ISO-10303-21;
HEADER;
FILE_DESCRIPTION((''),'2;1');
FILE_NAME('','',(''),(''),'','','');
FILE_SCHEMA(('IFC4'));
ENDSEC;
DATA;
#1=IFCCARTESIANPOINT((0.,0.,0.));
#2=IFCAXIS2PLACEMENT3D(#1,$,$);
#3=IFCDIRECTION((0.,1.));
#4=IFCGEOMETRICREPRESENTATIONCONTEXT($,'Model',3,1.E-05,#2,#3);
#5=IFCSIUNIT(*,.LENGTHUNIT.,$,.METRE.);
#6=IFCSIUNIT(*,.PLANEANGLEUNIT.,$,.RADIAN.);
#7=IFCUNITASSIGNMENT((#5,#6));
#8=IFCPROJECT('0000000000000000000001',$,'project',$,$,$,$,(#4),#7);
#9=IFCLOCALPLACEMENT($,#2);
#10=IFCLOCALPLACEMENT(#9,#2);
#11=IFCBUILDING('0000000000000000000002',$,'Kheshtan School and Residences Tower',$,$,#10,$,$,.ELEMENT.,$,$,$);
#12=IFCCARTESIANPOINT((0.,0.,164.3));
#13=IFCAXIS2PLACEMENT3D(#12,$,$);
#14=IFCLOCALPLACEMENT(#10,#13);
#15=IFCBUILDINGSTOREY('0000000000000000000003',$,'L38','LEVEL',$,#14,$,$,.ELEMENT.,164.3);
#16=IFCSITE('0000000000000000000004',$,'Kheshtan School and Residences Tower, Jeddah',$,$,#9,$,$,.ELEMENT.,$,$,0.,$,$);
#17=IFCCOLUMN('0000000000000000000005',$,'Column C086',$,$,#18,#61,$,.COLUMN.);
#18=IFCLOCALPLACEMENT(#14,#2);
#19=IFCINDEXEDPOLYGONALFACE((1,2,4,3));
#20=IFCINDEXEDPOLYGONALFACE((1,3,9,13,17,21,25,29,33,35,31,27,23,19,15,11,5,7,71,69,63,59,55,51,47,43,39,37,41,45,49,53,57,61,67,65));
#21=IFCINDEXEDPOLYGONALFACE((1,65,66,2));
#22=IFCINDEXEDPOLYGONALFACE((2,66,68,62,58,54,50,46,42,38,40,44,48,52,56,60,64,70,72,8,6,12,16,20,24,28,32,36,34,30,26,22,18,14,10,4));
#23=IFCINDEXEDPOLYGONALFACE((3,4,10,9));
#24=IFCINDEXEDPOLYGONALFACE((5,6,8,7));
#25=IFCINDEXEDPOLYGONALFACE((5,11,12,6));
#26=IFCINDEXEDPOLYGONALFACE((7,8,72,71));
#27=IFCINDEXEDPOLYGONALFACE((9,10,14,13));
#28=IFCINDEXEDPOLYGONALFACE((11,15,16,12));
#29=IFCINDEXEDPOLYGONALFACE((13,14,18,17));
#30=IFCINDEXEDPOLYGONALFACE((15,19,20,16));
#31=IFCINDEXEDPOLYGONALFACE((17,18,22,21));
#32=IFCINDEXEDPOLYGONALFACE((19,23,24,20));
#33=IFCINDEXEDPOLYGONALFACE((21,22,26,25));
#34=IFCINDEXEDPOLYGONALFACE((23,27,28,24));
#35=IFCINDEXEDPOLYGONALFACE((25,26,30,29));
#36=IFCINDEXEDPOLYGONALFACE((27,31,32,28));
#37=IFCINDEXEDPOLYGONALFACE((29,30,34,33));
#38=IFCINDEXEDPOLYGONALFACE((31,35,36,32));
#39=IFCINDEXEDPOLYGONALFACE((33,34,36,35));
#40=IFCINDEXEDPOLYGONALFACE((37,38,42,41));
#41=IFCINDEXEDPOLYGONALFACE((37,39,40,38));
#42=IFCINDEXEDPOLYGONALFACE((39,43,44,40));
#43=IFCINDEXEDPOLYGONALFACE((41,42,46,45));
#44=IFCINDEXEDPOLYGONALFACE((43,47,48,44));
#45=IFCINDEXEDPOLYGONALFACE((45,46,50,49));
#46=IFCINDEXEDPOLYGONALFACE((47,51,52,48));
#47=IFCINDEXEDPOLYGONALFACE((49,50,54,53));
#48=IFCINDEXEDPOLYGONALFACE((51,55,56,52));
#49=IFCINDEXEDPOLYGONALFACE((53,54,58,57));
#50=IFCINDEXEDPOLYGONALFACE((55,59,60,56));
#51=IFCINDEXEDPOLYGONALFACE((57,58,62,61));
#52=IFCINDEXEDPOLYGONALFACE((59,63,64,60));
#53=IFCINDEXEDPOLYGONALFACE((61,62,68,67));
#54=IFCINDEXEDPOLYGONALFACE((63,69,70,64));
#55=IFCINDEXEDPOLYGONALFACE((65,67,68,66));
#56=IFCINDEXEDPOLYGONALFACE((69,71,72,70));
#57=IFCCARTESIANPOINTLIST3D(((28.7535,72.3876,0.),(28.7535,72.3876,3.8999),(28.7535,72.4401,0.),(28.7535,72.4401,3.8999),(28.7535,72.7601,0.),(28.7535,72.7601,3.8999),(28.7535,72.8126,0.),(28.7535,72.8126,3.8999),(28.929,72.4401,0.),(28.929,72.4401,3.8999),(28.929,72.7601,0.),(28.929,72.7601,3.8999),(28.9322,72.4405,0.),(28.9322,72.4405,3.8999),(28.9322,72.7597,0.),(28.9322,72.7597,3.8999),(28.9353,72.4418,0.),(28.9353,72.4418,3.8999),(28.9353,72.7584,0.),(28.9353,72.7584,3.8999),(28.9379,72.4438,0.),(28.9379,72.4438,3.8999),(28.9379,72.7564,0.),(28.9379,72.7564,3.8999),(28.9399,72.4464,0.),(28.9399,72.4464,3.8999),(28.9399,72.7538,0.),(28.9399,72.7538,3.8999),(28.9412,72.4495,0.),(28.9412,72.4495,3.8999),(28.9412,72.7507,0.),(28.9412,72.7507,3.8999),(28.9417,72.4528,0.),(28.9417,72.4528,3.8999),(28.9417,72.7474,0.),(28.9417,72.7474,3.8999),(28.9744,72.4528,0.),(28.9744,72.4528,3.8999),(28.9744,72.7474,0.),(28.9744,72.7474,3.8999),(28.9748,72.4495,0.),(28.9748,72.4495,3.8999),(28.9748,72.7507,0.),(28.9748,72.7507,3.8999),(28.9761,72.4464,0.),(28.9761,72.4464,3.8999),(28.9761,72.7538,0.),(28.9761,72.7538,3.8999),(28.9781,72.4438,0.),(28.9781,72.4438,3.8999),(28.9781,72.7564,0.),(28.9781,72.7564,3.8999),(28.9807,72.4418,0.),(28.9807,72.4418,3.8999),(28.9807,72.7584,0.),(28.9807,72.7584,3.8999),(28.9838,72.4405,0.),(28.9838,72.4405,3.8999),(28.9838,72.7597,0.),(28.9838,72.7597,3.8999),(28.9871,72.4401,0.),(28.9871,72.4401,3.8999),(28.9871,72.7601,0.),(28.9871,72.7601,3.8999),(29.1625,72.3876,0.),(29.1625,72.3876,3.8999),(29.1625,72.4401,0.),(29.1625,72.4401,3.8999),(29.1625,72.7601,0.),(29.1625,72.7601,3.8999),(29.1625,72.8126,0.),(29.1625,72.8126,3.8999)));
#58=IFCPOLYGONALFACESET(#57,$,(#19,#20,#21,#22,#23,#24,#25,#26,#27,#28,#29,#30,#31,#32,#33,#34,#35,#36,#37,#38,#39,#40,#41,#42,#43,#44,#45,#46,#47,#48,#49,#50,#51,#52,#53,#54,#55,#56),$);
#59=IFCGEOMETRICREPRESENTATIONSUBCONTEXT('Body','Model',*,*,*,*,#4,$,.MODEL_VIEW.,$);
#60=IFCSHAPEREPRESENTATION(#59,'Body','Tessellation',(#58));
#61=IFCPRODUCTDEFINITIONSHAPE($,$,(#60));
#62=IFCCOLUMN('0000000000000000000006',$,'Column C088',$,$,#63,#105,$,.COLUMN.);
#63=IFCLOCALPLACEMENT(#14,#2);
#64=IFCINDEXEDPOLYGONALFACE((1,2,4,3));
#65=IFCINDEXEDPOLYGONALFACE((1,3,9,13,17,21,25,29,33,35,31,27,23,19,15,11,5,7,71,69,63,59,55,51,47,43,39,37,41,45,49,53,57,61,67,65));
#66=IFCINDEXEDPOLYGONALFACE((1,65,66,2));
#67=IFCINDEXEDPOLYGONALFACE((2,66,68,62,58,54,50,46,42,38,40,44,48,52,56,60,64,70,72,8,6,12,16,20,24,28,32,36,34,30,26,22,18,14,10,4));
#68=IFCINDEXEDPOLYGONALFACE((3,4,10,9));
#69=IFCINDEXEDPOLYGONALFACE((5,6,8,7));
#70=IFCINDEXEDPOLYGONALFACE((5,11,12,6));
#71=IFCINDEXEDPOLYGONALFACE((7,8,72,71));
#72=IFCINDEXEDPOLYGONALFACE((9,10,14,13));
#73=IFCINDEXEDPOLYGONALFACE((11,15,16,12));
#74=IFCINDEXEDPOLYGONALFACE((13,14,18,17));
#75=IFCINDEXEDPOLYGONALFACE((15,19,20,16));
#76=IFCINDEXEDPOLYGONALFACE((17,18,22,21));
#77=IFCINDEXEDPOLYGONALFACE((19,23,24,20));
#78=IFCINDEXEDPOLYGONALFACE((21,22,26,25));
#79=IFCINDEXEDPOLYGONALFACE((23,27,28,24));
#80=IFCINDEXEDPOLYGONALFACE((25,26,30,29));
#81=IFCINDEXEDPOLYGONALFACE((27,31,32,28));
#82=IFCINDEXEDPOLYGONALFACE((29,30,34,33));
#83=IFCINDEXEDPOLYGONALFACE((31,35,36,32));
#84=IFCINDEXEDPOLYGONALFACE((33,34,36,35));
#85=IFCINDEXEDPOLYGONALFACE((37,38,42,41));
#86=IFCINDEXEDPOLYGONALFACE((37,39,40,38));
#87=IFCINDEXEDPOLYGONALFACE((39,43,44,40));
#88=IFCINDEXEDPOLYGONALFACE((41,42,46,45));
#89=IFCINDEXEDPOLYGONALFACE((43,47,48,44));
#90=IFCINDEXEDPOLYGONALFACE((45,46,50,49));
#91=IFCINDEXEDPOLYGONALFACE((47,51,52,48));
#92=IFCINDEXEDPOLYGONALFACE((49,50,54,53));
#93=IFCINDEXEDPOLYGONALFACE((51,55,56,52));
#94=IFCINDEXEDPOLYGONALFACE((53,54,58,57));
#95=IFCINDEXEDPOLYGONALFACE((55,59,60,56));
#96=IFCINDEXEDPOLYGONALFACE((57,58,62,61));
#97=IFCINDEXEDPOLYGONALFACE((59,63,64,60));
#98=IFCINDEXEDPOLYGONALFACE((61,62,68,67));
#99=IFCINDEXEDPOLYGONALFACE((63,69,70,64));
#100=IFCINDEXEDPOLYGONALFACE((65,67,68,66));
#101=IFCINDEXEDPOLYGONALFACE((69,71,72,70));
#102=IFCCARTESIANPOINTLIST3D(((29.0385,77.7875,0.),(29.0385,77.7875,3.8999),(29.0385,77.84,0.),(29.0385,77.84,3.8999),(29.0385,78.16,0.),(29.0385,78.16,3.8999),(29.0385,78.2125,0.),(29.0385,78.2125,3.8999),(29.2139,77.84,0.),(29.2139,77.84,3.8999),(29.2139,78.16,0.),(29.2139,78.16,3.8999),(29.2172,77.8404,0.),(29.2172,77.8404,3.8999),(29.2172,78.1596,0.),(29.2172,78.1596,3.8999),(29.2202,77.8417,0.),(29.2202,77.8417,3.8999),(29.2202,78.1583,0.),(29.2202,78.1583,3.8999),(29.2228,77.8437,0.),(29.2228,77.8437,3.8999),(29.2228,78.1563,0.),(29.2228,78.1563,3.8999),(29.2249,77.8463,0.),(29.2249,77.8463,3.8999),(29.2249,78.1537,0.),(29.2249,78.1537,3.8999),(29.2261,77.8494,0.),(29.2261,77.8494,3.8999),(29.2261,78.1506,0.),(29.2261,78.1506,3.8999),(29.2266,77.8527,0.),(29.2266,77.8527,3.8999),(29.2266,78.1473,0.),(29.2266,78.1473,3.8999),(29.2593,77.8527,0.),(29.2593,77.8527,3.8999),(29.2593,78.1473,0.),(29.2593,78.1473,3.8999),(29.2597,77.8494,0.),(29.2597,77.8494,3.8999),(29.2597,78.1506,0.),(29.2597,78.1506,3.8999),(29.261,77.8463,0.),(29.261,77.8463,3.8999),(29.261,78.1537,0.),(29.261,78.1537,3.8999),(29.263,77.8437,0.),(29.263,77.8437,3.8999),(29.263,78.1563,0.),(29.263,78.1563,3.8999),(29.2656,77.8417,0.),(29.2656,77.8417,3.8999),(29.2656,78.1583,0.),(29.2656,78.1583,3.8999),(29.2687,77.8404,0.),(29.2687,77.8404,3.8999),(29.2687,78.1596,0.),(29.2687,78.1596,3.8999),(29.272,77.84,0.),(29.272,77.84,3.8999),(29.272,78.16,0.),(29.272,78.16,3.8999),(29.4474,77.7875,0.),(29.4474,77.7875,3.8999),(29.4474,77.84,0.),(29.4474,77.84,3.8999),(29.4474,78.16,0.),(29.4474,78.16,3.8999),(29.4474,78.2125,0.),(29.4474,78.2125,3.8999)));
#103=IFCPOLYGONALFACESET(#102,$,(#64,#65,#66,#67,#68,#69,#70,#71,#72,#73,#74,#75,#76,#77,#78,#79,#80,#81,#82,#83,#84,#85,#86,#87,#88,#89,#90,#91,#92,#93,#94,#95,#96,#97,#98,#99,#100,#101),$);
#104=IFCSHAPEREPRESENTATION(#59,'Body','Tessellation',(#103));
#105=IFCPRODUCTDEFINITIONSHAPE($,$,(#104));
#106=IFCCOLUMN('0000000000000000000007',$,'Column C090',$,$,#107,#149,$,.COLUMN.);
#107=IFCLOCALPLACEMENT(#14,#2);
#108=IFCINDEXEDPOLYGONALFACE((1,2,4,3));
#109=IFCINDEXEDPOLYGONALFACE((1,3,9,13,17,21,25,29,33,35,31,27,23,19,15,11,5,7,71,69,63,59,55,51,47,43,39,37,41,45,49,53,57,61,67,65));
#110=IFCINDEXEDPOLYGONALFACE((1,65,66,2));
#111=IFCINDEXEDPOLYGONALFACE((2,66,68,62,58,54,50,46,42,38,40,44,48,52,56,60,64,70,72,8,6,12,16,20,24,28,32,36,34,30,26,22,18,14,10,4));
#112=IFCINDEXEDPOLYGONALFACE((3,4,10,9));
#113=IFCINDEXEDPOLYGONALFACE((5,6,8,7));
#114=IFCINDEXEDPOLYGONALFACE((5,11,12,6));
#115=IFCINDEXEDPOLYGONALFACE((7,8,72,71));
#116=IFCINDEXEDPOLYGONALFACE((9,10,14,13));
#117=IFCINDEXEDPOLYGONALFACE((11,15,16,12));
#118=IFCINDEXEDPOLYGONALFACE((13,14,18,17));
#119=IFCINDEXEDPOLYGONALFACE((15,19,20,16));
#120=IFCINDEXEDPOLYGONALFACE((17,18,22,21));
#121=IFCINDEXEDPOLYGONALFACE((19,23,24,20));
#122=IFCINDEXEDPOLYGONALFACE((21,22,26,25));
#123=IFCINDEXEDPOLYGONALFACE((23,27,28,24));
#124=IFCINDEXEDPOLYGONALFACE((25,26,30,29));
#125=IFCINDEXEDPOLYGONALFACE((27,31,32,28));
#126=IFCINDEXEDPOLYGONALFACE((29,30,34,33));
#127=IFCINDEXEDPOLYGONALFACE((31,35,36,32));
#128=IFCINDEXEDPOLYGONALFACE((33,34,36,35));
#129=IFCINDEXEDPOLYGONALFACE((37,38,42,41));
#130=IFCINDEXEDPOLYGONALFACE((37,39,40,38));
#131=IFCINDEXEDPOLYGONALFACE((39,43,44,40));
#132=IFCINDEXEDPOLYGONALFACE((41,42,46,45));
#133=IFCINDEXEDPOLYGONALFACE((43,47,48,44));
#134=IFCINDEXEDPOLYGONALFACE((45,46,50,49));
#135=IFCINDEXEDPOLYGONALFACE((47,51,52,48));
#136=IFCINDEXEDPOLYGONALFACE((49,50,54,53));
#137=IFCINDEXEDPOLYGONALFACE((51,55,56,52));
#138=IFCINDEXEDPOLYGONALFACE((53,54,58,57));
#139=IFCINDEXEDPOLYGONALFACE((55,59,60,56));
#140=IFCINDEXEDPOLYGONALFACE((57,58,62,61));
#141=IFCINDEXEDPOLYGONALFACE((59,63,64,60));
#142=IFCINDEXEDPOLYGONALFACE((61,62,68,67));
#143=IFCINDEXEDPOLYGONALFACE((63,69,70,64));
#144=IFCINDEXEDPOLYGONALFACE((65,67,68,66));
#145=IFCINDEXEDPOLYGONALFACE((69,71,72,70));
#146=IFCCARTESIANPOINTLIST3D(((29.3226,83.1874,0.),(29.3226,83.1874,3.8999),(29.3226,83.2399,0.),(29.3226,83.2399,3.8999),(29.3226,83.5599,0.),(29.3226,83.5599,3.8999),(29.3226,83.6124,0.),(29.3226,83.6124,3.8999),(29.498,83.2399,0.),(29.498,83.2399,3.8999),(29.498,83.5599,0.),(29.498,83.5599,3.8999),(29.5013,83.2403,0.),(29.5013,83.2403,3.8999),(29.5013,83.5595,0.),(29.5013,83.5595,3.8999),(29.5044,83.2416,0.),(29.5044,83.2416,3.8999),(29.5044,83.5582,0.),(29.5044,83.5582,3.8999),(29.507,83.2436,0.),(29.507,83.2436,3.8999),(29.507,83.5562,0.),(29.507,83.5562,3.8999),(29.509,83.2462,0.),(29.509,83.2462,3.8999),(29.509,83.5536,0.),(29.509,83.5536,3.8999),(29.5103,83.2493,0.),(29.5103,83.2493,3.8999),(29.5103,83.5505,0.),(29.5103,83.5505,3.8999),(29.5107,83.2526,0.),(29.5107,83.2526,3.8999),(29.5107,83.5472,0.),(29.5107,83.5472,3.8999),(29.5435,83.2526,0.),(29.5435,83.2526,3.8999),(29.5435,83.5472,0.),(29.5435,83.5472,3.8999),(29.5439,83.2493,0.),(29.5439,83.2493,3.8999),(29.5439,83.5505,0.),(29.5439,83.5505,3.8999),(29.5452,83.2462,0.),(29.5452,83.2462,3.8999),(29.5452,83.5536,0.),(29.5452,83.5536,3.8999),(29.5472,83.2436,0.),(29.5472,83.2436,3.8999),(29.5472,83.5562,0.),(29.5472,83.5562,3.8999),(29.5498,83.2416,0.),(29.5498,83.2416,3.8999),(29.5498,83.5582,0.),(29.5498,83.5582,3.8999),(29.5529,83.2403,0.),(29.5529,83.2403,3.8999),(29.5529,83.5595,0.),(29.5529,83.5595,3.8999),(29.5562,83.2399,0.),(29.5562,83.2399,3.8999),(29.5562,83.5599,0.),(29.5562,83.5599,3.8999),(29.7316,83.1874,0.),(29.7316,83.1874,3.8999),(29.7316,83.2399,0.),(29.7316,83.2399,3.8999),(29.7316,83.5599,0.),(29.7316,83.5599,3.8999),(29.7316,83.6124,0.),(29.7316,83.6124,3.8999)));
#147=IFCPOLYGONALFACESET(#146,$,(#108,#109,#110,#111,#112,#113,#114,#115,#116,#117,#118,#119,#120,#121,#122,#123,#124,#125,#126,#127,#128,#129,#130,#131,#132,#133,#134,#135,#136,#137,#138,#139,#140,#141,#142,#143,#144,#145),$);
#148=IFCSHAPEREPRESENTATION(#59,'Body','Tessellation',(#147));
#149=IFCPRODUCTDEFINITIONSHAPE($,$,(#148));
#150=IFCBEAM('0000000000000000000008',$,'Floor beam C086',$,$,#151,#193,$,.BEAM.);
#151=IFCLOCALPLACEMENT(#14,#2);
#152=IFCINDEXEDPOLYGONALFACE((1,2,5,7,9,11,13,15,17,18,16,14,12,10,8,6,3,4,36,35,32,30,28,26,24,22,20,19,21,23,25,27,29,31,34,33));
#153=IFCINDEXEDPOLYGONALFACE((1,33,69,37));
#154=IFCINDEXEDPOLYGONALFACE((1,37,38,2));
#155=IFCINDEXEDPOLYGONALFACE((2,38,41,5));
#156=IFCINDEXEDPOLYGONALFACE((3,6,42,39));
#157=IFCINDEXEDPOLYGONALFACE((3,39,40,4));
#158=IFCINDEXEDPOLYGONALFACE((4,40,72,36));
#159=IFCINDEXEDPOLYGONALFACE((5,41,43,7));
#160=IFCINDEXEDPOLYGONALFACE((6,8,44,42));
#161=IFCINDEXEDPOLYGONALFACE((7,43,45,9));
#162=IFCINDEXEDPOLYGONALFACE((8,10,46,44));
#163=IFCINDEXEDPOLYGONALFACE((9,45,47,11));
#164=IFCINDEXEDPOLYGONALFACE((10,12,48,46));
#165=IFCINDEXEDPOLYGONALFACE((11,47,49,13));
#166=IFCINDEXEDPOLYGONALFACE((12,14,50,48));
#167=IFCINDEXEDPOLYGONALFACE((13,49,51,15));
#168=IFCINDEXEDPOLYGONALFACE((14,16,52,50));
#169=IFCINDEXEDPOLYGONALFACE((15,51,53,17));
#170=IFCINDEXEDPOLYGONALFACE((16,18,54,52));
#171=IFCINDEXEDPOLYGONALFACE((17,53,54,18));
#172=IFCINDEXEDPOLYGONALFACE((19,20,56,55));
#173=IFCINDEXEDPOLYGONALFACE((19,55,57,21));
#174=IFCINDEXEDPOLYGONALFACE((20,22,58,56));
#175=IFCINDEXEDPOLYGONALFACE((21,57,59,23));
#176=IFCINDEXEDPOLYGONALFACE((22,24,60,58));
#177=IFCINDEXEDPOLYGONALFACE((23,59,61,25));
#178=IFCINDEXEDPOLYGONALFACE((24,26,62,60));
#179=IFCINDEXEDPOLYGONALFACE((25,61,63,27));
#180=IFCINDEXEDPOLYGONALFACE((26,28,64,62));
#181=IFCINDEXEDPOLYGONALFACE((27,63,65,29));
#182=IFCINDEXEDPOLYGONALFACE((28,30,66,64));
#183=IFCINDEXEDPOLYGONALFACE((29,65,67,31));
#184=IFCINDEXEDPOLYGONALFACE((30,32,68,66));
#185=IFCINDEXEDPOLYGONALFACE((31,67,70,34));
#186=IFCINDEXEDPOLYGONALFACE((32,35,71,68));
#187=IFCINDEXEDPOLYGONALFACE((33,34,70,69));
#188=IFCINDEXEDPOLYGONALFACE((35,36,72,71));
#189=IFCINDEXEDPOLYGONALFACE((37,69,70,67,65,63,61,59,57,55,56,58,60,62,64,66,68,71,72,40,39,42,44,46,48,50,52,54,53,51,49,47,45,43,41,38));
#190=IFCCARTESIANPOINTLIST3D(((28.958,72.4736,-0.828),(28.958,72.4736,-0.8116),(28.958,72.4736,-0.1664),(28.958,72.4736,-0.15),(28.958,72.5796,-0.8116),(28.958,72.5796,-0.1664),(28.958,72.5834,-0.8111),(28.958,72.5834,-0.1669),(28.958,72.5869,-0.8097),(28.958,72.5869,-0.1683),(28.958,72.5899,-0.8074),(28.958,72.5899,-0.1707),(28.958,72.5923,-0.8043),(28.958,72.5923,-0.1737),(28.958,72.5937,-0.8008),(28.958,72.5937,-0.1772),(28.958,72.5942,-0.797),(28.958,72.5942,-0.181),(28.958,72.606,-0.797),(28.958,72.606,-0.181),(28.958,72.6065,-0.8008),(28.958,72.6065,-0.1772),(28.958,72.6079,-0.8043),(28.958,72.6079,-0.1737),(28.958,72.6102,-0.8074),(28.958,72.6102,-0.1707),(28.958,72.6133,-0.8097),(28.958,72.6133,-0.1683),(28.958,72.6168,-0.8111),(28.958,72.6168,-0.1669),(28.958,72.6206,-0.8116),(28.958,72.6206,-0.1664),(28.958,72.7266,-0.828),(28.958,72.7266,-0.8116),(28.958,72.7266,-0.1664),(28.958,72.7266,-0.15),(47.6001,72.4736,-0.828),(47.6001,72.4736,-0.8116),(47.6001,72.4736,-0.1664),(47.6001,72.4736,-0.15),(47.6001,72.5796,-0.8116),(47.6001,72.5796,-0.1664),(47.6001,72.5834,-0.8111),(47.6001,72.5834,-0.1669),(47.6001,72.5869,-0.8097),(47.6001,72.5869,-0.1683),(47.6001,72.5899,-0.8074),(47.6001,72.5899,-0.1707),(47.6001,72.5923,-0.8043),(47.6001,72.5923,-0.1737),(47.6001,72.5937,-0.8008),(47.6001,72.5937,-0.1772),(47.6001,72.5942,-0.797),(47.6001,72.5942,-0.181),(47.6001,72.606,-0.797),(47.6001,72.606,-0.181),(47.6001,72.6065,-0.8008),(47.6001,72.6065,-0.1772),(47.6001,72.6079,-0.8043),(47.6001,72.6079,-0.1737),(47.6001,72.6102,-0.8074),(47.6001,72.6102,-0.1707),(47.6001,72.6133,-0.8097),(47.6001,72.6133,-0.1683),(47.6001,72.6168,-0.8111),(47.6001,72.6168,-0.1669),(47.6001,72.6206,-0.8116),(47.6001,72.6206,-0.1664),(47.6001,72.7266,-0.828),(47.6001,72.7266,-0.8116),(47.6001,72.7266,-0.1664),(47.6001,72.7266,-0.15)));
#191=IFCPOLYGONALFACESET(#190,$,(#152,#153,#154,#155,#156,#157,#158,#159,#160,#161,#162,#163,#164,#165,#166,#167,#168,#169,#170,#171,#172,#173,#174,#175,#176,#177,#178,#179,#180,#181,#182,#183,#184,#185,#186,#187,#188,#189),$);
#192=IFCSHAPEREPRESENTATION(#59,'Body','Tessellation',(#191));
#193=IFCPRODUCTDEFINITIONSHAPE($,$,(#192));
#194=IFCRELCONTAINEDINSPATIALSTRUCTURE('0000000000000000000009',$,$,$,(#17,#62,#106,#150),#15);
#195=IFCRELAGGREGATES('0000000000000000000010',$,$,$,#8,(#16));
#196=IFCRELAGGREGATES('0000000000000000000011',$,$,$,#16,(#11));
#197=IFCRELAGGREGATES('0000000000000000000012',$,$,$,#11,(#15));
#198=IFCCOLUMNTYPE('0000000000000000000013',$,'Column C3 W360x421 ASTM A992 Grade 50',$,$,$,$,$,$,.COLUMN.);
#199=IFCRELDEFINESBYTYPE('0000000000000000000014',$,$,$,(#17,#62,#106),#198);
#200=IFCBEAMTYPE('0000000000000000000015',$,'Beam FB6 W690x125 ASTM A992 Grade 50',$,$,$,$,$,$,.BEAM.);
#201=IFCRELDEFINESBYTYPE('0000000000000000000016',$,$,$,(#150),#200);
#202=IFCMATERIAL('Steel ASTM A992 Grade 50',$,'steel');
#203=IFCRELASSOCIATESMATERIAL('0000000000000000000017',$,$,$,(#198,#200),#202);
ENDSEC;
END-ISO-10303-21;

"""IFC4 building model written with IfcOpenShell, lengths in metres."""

from ifc_helpers import new_model, si_unit, direction, frame, origin, origin_2d, place, context, subcontext, project, spatial, i_section, extrude, material, material_profile, profile_set, type_object, element, save


model = new_model("IFC4")

# Units and contexts
model_context = context("Model", 3, precision=1e-05, world=origin(), true_north=direction((0.0, 1.0)))
body_context = subcontext(model_context, "Body", "Model", "MODEL_VIEW")
ifc_project = project(units=[si_unit("LENGTHUNIT", "METRE"), si_unit("PLANEANGLEUNIT", "RADIAN")], contexts=[model_context])

# Site, building, storey
site_placement = place(None, origin())
site = spatial("IfcSite", under=ifc_project, at=site_placement, Name="Kheshtan School and Residences Tower, Jeddah", CompositionType="ELEMENT", RefElevation=0.0)
building_placement = place(site_placement, origin())
building = spatial("IfcBuilding", under=site, at=building_placement, Name="Kheshtan School and Residences Tower", CompositionType="ELEMENT")
storey_placement = place(building_placement, frame((0.0, 0.0, 164.3)))
storey = spatial("IfcBuildingStorey", under=building, at=storey_placement, Name="L38", Description="LEVEL", CompositionType="ELEMENT", Elevation=164.3)

# Columns
ifc_material_1 = material(Name="Steel ASTM A992 Grade 50", Category="steel")
ifc_material_profile_1 = material_profile(ifc_material_1, i_section(OverallWidth=0.4089, OverallDepth=0.425, WebThickness=0.0327, FlangeThickness=0.0525, FilletRadius=0.0127, at=origin_2d()), Name="W360x421")
ifc_profile_set_1 = profile_set([ifc_material_profile_1], Name="Steel ASTM A992 Grade 50")
column_type = type_object("IfcColumnType", Name="Column C3 W360x421 ASTM A992 Grade 50", PredefinedType="COLUMN", material=ifc_profile_set_1)
for number, where, z_axis, x_axis, name in (
    (1, (28.958, 72.6001, 0.0), (0.0, 0.0, 1.0), (1.0, 0.0, 0.0), "Column C086"),
    (2, (29.2429, 78.0, 0.0), (0.0, 0.0, 1.0), (1.0, 0.0, 0.0), "Column C088"),
    (3, (29.5271, 83.3999, 0.0), (0.0, 0.0, 1.0), (1.0, 0.0, 0.0), "Column C090"),
):
    element("IfcColumn", number, at=place(storey_placement, frame(where, z_axis=z_axis, x_axis=x_axis)), inside=storey, type_object=column_type, Name=name, PredefinedType="COLUMN", context=body_context, shape_type="SweptSolid", body=[
        extrude(i_section(OverallWidth=0.4089, OverallDepth=0.425, WebThickness=0.0327, FlangeThickness=0.0525, FilletRadius=0.0127, at=origin_2d()), origin(), (0.0, 0.0, 1.0), 3.8999),
    ])

# Beam
ifc_material_profile_2 = material_profile(ifc_material_1, i_section(OverallWidth=0.2529, OverallDepth=0.678, WebThickness=0.0117, FlangeThickness=0.0164, FilletRadius=0.0146, at=origin_2d()), Name="W690x125")
ifc_profile_set_2 = profile_set([ifc_material_profile_2], Name="Steel ASTM A992 Grade 50")
beam_type_1 = type_object("IfcBeamType", Name="Beam FB6 W690x125 ASTM A992 Grade 50", PredefinedType="BEAM", material=ifc_profile_set_2)
beam_1_placement = place(storey_placement, frame((28.958, 72.6001, -0.489), z_axis=(1.0, 0.0, 0.0), x_axis=(0.0, 1.0, 0.0)))
element("IfcBeam", 4, at=beam_1_placement, inside=storey, type_object=beam_type_1, Name="Floor beam C086", PredefinedType="BEAM", context=body_context, shape_type="SweptSolid", body=[
    extrude(i_section(OverallWidth=0.2529, OverallDepth=0.678, WebThickness=0.0117, FlangeThickness=0.0164, FilletRadius=0.0146, at=origin_2d()), origin(), (0.0, 0.0, 1.0), 18.6421),
])

save(model, "model.ifc")
